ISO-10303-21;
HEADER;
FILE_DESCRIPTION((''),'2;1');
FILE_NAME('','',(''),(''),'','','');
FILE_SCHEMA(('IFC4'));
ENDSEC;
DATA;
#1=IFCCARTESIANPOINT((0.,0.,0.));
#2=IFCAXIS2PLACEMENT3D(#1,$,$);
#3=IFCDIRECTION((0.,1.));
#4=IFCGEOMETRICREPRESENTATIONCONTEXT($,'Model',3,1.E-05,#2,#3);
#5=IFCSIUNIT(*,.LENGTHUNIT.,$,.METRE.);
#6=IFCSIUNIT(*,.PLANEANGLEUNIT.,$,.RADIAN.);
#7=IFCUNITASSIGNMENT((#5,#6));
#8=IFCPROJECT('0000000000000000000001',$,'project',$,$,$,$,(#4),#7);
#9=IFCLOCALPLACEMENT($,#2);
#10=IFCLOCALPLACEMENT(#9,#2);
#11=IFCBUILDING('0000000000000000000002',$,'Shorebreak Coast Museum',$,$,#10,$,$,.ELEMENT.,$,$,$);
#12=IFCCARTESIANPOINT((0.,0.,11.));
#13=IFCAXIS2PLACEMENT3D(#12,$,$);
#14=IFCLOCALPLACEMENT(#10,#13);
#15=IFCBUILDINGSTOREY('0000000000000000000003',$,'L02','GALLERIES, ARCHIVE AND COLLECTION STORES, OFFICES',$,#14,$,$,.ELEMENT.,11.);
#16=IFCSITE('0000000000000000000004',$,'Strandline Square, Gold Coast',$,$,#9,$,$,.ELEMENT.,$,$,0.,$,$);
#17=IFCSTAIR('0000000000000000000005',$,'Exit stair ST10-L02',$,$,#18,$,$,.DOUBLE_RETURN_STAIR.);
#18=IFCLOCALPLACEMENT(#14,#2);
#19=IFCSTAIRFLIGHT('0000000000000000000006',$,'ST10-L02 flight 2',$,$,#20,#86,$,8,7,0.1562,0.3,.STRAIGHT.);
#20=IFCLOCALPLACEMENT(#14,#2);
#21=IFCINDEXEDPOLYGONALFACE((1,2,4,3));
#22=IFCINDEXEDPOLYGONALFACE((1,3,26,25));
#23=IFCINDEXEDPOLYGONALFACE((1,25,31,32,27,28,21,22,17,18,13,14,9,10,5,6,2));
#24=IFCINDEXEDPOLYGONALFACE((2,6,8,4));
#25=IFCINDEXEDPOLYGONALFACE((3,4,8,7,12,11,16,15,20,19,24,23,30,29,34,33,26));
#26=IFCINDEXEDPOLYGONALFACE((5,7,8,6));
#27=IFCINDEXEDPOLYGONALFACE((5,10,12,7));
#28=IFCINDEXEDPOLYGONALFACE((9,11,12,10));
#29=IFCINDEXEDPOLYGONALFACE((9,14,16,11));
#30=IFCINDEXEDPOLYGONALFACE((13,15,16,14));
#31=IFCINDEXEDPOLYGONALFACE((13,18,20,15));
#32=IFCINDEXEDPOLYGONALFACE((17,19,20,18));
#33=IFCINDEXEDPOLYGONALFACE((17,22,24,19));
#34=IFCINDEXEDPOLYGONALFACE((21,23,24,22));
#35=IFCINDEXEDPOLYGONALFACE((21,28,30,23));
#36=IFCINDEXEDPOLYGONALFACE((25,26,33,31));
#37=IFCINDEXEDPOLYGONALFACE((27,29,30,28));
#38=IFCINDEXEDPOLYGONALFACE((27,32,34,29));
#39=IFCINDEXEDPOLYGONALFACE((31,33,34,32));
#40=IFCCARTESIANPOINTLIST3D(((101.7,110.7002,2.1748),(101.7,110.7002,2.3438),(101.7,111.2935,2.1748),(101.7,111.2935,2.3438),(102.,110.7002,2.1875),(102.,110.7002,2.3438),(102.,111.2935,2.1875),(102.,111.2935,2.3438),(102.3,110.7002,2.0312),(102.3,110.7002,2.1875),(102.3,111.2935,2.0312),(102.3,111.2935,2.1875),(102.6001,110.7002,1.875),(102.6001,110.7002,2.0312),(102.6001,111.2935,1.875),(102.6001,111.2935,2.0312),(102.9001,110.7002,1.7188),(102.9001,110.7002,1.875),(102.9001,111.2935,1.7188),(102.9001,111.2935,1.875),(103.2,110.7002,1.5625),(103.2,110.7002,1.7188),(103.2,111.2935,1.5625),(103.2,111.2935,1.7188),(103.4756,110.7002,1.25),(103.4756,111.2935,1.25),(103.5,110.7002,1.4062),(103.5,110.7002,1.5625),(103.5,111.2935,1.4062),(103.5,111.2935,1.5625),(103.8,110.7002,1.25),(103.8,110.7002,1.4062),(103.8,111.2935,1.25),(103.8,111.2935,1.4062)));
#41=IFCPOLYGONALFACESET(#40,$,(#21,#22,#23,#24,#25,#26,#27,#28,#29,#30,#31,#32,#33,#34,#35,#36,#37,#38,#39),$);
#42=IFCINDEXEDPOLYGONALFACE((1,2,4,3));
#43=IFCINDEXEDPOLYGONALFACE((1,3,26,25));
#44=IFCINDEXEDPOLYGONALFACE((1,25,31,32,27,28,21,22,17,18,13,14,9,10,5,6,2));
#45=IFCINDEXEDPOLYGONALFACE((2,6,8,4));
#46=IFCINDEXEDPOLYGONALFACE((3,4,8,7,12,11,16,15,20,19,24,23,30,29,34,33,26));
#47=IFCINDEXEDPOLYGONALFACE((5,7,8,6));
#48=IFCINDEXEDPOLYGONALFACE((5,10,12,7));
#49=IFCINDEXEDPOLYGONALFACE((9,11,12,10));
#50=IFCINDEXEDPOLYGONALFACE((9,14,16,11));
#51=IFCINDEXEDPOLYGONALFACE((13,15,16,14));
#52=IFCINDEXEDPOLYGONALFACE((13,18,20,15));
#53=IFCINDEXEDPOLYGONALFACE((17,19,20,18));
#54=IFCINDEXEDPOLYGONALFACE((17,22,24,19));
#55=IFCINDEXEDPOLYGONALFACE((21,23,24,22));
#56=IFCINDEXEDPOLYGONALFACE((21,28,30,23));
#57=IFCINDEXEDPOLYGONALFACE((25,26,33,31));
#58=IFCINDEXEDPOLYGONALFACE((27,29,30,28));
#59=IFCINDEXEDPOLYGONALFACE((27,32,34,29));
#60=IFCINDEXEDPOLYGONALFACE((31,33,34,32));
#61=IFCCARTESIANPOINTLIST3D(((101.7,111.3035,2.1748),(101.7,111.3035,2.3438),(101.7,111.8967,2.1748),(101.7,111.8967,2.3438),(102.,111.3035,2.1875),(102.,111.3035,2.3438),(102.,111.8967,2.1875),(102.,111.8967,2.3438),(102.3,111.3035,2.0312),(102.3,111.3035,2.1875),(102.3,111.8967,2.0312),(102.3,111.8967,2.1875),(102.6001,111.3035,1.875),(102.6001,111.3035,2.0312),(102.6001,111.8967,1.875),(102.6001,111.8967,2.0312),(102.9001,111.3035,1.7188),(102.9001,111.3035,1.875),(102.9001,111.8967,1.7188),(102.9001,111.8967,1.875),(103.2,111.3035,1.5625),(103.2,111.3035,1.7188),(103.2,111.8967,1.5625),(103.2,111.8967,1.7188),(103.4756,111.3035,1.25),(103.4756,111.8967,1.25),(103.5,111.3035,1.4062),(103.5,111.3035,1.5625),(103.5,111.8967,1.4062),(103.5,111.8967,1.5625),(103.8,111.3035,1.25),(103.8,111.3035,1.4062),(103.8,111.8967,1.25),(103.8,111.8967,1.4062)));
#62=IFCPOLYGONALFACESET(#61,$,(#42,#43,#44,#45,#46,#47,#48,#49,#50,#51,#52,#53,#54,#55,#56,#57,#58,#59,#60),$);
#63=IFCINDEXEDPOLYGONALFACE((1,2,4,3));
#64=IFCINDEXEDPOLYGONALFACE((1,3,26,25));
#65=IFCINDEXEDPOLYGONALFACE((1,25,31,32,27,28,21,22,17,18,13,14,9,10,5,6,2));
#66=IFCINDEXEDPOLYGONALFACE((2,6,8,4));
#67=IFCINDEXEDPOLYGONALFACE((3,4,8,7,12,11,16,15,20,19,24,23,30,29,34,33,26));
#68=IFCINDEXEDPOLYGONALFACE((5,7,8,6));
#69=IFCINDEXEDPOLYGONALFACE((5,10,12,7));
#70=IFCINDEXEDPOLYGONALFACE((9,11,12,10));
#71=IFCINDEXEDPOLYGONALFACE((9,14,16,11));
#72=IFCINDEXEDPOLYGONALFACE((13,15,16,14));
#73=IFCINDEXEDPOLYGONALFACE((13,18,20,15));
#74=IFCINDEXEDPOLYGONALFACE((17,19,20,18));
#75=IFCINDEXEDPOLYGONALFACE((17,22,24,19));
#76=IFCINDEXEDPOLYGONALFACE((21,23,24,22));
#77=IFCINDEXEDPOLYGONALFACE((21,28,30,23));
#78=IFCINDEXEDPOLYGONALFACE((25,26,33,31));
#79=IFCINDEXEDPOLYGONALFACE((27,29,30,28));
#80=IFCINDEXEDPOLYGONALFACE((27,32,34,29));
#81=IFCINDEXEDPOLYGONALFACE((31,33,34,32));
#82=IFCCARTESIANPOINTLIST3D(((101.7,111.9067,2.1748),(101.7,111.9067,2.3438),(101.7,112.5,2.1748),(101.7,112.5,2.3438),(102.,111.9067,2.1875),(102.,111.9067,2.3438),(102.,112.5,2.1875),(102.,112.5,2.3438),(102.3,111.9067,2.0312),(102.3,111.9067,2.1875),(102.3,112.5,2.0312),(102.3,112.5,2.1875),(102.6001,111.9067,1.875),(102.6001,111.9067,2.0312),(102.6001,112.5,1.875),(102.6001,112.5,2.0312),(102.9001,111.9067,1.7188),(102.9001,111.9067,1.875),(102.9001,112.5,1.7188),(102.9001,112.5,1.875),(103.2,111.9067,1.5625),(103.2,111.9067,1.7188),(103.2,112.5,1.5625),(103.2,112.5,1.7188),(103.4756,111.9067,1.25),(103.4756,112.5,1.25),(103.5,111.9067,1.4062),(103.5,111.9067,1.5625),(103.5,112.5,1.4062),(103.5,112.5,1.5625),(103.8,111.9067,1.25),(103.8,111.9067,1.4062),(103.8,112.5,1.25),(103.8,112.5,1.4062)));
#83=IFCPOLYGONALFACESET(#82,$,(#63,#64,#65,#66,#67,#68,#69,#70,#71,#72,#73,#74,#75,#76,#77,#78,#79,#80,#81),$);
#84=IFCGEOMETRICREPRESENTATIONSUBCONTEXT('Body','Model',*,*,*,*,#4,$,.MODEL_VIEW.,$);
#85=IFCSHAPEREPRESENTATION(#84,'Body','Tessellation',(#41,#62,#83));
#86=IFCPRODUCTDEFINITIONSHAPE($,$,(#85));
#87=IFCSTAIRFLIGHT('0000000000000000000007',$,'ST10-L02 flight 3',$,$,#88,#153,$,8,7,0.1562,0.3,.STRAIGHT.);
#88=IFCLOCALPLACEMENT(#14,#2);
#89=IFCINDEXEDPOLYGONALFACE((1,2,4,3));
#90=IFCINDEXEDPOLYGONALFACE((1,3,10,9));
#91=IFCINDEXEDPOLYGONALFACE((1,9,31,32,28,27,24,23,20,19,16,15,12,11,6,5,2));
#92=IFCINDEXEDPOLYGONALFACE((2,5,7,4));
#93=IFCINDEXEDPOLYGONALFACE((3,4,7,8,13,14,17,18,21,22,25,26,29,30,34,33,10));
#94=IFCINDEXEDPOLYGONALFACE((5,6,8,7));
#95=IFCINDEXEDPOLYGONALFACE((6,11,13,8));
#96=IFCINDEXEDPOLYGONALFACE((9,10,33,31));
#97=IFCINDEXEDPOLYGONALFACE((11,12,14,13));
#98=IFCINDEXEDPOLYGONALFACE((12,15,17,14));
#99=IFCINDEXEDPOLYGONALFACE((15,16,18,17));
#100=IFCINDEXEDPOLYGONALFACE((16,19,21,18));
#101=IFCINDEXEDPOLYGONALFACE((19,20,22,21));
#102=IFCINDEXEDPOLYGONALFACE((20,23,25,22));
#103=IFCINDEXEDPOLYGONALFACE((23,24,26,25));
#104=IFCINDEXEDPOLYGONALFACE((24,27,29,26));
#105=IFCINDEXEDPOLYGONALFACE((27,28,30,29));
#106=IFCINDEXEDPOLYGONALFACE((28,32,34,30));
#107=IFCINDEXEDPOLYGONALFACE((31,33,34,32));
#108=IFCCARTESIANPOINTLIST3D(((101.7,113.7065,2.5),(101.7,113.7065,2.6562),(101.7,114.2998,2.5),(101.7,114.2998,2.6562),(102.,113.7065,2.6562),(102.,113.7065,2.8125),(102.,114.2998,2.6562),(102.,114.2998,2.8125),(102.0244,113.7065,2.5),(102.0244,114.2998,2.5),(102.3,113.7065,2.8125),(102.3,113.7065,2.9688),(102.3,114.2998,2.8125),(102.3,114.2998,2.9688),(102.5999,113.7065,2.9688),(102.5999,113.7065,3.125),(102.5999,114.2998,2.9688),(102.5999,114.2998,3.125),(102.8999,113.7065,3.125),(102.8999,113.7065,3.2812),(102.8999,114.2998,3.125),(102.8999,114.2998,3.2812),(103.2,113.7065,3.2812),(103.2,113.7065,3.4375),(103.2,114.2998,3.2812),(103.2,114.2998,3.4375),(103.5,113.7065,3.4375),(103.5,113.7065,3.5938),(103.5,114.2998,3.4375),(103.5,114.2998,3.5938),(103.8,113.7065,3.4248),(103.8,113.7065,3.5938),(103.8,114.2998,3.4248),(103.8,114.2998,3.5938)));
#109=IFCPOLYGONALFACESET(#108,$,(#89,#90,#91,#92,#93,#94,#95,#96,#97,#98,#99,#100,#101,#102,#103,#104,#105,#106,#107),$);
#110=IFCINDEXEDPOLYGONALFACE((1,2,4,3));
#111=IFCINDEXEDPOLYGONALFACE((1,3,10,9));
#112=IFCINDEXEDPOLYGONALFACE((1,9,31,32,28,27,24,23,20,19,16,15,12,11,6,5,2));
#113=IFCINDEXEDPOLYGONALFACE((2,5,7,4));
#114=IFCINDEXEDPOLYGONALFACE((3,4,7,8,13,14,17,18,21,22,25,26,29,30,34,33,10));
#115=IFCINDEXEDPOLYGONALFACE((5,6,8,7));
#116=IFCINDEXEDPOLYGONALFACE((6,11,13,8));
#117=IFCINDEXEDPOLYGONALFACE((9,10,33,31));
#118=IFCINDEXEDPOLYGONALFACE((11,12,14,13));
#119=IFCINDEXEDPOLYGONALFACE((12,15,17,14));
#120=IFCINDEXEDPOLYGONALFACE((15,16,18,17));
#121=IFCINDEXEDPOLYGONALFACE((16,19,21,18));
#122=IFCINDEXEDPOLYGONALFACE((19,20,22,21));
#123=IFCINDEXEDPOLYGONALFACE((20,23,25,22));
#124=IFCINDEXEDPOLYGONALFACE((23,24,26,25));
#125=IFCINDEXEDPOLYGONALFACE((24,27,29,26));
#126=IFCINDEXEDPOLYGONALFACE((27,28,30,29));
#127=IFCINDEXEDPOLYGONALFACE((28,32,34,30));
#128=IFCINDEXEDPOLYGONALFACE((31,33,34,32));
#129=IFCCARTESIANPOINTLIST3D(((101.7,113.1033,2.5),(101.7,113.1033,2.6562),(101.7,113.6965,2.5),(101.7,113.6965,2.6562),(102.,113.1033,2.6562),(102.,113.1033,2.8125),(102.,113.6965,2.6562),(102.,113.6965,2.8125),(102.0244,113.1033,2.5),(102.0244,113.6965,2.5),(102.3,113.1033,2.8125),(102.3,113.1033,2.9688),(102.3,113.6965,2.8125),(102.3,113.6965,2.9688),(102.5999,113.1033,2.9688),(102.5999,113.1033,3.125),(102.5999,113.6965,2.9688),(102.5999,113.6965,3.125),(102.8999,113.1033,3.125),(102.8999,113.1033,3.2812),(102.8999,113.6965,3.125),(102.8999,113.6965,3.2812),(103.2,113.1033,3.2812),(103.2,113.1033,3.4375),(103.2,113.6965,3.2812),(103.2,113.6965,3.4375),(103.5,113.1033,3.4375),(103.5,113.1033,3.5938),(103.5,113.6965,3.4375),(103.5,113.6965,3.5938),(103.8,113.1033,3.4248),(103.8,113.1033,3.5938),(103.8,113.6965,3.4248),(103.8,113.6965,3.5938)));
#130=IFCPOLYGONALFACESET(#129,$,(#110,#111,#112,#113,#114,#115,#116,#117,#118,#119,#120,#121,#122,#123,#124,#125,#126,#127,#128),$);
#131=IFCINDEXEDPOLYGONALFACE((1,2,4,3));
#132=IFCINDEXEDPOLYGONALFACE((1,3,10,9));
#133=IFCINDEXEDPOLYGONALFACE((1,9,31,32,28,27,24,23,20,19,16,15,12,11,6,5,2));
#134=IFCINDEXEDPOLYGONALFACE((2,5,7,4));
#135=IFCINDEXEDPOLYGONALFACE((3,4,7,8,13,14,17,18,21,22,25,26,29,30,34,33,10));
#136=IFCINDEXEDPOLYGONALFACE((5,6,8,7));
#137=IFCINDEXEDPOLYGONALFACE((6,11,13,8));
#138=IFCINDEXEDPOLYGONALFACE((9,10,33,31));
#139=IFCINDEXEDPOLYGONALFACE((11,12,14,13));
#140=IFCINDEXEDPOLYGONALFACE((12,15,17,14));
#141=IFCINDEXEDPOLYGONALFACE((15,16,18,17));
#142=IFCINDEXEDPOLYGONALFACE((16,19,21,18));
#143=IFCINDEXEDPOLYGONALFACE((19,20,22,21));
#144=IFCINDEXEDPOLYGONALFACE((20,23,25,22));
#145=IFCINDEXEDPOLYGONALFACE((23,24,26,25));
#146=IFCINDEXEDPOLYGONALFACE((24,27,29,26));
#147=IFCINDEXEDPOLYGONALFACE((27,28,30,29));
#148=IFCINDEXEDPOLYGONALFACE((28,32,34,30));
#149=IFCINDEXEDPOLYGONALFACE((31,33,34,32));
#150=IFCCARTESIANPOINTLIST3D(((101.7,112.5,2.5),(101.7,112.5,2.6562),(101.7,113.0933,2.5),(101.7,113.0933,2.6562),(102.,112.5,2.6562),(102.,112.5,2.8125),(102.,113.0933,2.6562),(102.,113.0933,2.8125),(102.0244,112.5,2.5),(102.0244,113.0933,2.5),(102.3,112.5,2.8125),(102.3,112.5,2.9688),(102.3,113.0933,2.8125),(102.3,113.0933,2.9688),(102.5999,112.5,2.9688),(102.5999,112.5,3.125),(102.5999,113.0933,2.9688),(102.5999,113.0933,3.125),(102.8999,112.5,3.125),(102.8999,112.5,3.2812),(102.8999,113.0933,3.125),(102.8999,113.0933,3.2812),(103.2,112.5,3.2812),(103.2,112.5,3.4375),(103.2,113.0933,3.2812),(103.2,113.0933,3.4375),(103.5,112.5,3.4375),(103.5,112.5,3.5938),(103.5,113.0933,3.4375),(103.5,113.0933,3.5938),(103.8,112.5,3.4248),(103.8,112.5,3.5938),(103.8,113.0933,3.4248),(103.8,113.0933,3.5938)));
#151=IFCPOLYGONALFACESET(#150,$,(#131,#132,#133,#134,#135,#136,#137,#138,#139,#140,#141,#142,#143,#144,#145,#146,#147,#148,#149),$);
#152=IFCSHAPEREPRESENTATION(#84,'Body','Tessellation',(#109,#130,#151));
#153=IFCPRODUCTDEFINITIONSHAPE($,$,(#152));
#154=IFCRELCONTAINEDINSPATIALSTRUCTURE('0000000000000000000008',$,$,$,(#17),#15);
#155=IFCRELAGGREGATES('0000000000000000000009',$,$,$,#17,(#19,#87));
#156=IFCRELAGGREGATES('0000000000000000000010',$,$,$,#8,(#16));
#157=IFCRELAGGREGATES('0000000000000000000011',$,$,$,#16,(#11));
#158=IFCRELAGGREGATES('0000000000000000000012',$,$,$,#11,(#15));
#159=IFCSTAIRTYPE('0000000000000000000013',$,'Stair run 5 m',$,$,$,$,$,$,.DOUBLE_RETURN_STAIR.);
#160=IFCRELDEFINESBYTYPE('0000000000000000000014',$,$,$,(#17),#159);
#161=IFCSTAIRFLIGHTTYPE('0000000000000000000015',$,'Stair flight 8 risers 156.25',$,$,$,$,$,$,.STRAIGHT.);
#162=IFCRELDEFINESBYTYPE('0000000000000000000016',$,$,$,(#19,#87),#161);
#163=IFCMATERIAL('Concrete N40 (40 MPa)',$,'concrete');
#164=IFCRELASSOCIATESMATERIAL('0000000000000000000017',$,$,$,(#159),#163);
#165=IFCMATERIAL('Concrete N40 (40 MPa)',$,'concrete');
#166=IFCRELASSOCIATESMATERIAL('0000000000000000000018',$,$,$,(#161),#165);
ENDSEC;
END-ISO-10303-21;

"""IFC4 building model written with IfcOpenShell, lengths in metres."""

from ifc_helpers import new_model, si_unit, direction, frame, origin, place, context, subcontext, project, spatial, polyline, outline, extrude, material, type_object, element, aggregate, save


model = new_model("IFC4")

# Units and contexts
model_context = context("Model", 3, precision=1e-05, world=origin(), true_north=direction((0.0, 1.0)))
body_context = subcontext(model_context, "Body", "Model", "MODEL_VIEW")
ifc_project = project(units=[si_unit("LENGTHUNIT", "METRE"), si_unit("PLANEANGLEUNIT", "RADIAN")], contexts=[model_context])

# Site, building, storey
site_placement = place(None, origin())
site = spatial("IfcSite", under=ifc_project, at=site_placement, Name="Strandline Square, Gold Coast", CompositionType="ELEMENT", RefElevation=0.0)
building_placement = place(site_placement, origin())
building = spatial("IfcBuilding", under=site, at=building_placement, Name="Shorebreak Coast Museum", CompositionType="ELEMENT")
storey_placement = place(building_placement, frame((0.0, 0.0, 11.0)))
storey = spatial("IfcBuildingStorey", under=building, at=storey_placement, Name="L02", Description="GALLERIES, ARCHIVE AND COLLECTION STORES, OFFICES", CompositionType="ELEMENT", Elevation=11.0)

# Stair, stair flights
ifc_material_1 = material(Name="Concrete N40 (40 MPa)", Category="concrete")
stair_type = type_object("IfcStairType", Name="Stair run 5 m", PredefinedType="DOUBLE_RETURN_STAIR", material=ifc_material_1)
stair_placement = place(storey_placement, origin())
stair = element("IfcStair", 1, at=stair_placement, inside=storey, type_object=stair_type, Name="Exit stair ST10-L02", PredefinedType="DOUBLE_RETURN_STAIR")
ifc_material_2 = material(Name="Concrete N40 (40 MPa)", Category="concrete")
stair_flight_type = type_object("IfcStairFlightType", Name="Stair flight 8 risers 156.25", PredefinedType="STRAIGHT", material=ifc_material_2)
stair_flight_1_placement = place(storey_placement, frame((103.8, 111.6001, 1.25), z_axis=(0.0, 0.0, 1.0), x_axis=(-1.0, 0.0, 0.0)))
stair_flight_1 = element("IfcStairFlight", 2, at=stair_flight_1_placement, type_object=stair_flight_type, Name="ST10-L02 flight 2", NumberOfRisers=8, NumberOfTreads=7, PredefinedType="STRAIGHT", RiserHeight=0.1562, TreadLength=0.3, context=body_context, shape_type="SweptSolid", body=[
    extrude(outline(polyline([(0.0, 0.0), (0.0, 0.1562), (0.3, 0.1562), (0.3, 0.3125), (0.6001, 0.3125), (0.6001, 0.4688), (0.8999, 0.4688), (0.8999, 0.625), (1.2, 0.625), (1.2, 0.7812), (1.5, 0.7812), (1.5, 0.9375), (1.8, 0.9375), (1.8, 1.0938), (2.1001, 1.0938), (2.1001, 1.25), (2.1001, 0.9248), (0.3245, 0.0), (0.0, 0.0)])), frame((0.0, 0.8999, 0.0), z_axis=(0.0, -1.0, 0.0), x_axis=(1.0, 0.0, 0.0)), (0.0, 0.0, 1.0), 0.5933),
    extrude(outline(polyline([(0.0, 0.0), (0.0, 0.1562), (0.3, 0.1562), (0.3, 0.3125), (0.6001, 0.3125), (0.6001, 0.4688), (0.8999, 0.4688), (0.8999, 0.625), (1.2, 0.625), (1.2, 0.7812), (1.5, 0.7812), (1.5, 0.9375), (1.8, 0.9375), (1.8, 1.0938), (2.1001, 1.0938), (2.1001, 1.25), (2.1001, 0.9248), (0.3245, 0.0), (0.0, 0.0)])), frame((0.0, 0.2966, 0.0), z_axis=(0.0, -1.0, 0.0), x_axis=(1.0, 0.0, 0.0)), (0.0, 0.0, 1.0), 0.5933),
    extrude(outline(polyline([(0.0, 0.0), (0.0, 0.1562), (0.3, 0.1562), (0.3, 0.3125), (0.6001, 0.3125), (0.6001, 0.4688), (0.8999, 0.4688), (0.8999, 0.625), (1.2, 0.625), (1.2, 0.7812), (1.5, 0.7812), (1.5, 0.9375), (1.8, 0.9375), (1.8, 1.0938), (2.1001, 1.0938), (2.1001, 1.25), (2.1001, 0.9248), (0.3245, 0.0), (0.0, 0.0)])), frame((0.0, -0.3066, 0.0), z_axis=(0.0, -1.0, 0.0), x_axis=(1.0, 0.0, 0.0)), (0.0, 0.0, 1.0), 0.5933),
])
stair_flight_2_placement = place(storey_placement, frame((101.7, 113.3999, 2.5), z_axis=(0.0, 0.0, 1.0), x_axis=(1.0, 0.0, 0.0)))
stair_flight_2 = element("IfcStairFlight", 3, at=stair_flight_2_placement, type_object=stair_flight_type, Name="ST10-L02 flight 3", NumberOfRisers=8, NumberOfTreads=7, PredefinedType="STRAIGHT", RiserHeight=0.1562, TreadLength=0.3, context=body_context, shape_type="SweptSolid", body=[
    extrude(outline(polyline([(0.0, 0.0), (0.0, 0.1562), (0.3, 0.1562), (0.3, 0.3125), (0.6001, 0.3125), (0.6001, 0.4688), (0.8999, 0.4688), (0.8999, 0.625), (1.2, 0.625), (1.2, 0.7812), (1.5, 0.7812), (1.5, 0.9375), (1.8, 0.9375), (1.8, 1.0938), (2.1001, 1.0938), (2.1001, 1.25), (2.1001, 0.9248), (0.3245, 0.0), (0.0, 0.0)])), frame((0.0, 0.8999, 0.0), z_axis=(0.0, -1.0, 0.0), x_axis=(1.0, 0.0, 0.0)), (0.0, 0.0, 1.0), 0.5933),
    extrude(outline(polyline([(0.0, 0.0), (0.0, 0.1562), (0.3, 0.1562), (0.3, 0.3125), (0.6001, 0.3125), (0.6001, 0.4688), (0.8999, 0.4688), (0.8999, 0.625), (1.2, 0.625), (1.2, 0.7812), (1.5, 0.7812), (1.5, 0.9375), (1.8, 0.9375), (1.8, 1.0938), (2.1001, 1.0938), (2.1001, 1.25), (2.1001, 0.9248), (0.3245, 0.0), (0.0, 0.0)])), frame((0.0, 0.2966, 0.0), z_axis=(0.0, -1.0, 0.0), x_axis=(1.0, 0.0, 0.0)), (0.0, 0.0, 1.0), 0.5933),
    extrude(outline(polyline([(0.0, 0.0), (0.0, 0.1562), (0.3, 0.1562), (0.3, 0.3125), (0.6001, 0.3125), (0.6001, 0.4688), (0.8999, 0.4688), (0.8999, 0.625), (1.2, 0.625), (1.2, 0.7812), (1.5, 0.7812), (1.5, 0.9375), (1.8, 0.9375), (1.8, 1.0938), (2.1001, 1.0938), (2.1001, 1.25), (2.1001, 0.9248), (0.3245, 0.0), (0.0, 0.0)])), frame((0.0, -0.3066, 0.0), z_axis=(0.0, -1.0, 0.0), x_axis=(1.0, 0.0, 0.0)), (0.0, 0.0, 1.0), 0.5933),
])
aggregate(stair, [stair_flight_1, stair_flight_2])

save(model, "model.ifc")
